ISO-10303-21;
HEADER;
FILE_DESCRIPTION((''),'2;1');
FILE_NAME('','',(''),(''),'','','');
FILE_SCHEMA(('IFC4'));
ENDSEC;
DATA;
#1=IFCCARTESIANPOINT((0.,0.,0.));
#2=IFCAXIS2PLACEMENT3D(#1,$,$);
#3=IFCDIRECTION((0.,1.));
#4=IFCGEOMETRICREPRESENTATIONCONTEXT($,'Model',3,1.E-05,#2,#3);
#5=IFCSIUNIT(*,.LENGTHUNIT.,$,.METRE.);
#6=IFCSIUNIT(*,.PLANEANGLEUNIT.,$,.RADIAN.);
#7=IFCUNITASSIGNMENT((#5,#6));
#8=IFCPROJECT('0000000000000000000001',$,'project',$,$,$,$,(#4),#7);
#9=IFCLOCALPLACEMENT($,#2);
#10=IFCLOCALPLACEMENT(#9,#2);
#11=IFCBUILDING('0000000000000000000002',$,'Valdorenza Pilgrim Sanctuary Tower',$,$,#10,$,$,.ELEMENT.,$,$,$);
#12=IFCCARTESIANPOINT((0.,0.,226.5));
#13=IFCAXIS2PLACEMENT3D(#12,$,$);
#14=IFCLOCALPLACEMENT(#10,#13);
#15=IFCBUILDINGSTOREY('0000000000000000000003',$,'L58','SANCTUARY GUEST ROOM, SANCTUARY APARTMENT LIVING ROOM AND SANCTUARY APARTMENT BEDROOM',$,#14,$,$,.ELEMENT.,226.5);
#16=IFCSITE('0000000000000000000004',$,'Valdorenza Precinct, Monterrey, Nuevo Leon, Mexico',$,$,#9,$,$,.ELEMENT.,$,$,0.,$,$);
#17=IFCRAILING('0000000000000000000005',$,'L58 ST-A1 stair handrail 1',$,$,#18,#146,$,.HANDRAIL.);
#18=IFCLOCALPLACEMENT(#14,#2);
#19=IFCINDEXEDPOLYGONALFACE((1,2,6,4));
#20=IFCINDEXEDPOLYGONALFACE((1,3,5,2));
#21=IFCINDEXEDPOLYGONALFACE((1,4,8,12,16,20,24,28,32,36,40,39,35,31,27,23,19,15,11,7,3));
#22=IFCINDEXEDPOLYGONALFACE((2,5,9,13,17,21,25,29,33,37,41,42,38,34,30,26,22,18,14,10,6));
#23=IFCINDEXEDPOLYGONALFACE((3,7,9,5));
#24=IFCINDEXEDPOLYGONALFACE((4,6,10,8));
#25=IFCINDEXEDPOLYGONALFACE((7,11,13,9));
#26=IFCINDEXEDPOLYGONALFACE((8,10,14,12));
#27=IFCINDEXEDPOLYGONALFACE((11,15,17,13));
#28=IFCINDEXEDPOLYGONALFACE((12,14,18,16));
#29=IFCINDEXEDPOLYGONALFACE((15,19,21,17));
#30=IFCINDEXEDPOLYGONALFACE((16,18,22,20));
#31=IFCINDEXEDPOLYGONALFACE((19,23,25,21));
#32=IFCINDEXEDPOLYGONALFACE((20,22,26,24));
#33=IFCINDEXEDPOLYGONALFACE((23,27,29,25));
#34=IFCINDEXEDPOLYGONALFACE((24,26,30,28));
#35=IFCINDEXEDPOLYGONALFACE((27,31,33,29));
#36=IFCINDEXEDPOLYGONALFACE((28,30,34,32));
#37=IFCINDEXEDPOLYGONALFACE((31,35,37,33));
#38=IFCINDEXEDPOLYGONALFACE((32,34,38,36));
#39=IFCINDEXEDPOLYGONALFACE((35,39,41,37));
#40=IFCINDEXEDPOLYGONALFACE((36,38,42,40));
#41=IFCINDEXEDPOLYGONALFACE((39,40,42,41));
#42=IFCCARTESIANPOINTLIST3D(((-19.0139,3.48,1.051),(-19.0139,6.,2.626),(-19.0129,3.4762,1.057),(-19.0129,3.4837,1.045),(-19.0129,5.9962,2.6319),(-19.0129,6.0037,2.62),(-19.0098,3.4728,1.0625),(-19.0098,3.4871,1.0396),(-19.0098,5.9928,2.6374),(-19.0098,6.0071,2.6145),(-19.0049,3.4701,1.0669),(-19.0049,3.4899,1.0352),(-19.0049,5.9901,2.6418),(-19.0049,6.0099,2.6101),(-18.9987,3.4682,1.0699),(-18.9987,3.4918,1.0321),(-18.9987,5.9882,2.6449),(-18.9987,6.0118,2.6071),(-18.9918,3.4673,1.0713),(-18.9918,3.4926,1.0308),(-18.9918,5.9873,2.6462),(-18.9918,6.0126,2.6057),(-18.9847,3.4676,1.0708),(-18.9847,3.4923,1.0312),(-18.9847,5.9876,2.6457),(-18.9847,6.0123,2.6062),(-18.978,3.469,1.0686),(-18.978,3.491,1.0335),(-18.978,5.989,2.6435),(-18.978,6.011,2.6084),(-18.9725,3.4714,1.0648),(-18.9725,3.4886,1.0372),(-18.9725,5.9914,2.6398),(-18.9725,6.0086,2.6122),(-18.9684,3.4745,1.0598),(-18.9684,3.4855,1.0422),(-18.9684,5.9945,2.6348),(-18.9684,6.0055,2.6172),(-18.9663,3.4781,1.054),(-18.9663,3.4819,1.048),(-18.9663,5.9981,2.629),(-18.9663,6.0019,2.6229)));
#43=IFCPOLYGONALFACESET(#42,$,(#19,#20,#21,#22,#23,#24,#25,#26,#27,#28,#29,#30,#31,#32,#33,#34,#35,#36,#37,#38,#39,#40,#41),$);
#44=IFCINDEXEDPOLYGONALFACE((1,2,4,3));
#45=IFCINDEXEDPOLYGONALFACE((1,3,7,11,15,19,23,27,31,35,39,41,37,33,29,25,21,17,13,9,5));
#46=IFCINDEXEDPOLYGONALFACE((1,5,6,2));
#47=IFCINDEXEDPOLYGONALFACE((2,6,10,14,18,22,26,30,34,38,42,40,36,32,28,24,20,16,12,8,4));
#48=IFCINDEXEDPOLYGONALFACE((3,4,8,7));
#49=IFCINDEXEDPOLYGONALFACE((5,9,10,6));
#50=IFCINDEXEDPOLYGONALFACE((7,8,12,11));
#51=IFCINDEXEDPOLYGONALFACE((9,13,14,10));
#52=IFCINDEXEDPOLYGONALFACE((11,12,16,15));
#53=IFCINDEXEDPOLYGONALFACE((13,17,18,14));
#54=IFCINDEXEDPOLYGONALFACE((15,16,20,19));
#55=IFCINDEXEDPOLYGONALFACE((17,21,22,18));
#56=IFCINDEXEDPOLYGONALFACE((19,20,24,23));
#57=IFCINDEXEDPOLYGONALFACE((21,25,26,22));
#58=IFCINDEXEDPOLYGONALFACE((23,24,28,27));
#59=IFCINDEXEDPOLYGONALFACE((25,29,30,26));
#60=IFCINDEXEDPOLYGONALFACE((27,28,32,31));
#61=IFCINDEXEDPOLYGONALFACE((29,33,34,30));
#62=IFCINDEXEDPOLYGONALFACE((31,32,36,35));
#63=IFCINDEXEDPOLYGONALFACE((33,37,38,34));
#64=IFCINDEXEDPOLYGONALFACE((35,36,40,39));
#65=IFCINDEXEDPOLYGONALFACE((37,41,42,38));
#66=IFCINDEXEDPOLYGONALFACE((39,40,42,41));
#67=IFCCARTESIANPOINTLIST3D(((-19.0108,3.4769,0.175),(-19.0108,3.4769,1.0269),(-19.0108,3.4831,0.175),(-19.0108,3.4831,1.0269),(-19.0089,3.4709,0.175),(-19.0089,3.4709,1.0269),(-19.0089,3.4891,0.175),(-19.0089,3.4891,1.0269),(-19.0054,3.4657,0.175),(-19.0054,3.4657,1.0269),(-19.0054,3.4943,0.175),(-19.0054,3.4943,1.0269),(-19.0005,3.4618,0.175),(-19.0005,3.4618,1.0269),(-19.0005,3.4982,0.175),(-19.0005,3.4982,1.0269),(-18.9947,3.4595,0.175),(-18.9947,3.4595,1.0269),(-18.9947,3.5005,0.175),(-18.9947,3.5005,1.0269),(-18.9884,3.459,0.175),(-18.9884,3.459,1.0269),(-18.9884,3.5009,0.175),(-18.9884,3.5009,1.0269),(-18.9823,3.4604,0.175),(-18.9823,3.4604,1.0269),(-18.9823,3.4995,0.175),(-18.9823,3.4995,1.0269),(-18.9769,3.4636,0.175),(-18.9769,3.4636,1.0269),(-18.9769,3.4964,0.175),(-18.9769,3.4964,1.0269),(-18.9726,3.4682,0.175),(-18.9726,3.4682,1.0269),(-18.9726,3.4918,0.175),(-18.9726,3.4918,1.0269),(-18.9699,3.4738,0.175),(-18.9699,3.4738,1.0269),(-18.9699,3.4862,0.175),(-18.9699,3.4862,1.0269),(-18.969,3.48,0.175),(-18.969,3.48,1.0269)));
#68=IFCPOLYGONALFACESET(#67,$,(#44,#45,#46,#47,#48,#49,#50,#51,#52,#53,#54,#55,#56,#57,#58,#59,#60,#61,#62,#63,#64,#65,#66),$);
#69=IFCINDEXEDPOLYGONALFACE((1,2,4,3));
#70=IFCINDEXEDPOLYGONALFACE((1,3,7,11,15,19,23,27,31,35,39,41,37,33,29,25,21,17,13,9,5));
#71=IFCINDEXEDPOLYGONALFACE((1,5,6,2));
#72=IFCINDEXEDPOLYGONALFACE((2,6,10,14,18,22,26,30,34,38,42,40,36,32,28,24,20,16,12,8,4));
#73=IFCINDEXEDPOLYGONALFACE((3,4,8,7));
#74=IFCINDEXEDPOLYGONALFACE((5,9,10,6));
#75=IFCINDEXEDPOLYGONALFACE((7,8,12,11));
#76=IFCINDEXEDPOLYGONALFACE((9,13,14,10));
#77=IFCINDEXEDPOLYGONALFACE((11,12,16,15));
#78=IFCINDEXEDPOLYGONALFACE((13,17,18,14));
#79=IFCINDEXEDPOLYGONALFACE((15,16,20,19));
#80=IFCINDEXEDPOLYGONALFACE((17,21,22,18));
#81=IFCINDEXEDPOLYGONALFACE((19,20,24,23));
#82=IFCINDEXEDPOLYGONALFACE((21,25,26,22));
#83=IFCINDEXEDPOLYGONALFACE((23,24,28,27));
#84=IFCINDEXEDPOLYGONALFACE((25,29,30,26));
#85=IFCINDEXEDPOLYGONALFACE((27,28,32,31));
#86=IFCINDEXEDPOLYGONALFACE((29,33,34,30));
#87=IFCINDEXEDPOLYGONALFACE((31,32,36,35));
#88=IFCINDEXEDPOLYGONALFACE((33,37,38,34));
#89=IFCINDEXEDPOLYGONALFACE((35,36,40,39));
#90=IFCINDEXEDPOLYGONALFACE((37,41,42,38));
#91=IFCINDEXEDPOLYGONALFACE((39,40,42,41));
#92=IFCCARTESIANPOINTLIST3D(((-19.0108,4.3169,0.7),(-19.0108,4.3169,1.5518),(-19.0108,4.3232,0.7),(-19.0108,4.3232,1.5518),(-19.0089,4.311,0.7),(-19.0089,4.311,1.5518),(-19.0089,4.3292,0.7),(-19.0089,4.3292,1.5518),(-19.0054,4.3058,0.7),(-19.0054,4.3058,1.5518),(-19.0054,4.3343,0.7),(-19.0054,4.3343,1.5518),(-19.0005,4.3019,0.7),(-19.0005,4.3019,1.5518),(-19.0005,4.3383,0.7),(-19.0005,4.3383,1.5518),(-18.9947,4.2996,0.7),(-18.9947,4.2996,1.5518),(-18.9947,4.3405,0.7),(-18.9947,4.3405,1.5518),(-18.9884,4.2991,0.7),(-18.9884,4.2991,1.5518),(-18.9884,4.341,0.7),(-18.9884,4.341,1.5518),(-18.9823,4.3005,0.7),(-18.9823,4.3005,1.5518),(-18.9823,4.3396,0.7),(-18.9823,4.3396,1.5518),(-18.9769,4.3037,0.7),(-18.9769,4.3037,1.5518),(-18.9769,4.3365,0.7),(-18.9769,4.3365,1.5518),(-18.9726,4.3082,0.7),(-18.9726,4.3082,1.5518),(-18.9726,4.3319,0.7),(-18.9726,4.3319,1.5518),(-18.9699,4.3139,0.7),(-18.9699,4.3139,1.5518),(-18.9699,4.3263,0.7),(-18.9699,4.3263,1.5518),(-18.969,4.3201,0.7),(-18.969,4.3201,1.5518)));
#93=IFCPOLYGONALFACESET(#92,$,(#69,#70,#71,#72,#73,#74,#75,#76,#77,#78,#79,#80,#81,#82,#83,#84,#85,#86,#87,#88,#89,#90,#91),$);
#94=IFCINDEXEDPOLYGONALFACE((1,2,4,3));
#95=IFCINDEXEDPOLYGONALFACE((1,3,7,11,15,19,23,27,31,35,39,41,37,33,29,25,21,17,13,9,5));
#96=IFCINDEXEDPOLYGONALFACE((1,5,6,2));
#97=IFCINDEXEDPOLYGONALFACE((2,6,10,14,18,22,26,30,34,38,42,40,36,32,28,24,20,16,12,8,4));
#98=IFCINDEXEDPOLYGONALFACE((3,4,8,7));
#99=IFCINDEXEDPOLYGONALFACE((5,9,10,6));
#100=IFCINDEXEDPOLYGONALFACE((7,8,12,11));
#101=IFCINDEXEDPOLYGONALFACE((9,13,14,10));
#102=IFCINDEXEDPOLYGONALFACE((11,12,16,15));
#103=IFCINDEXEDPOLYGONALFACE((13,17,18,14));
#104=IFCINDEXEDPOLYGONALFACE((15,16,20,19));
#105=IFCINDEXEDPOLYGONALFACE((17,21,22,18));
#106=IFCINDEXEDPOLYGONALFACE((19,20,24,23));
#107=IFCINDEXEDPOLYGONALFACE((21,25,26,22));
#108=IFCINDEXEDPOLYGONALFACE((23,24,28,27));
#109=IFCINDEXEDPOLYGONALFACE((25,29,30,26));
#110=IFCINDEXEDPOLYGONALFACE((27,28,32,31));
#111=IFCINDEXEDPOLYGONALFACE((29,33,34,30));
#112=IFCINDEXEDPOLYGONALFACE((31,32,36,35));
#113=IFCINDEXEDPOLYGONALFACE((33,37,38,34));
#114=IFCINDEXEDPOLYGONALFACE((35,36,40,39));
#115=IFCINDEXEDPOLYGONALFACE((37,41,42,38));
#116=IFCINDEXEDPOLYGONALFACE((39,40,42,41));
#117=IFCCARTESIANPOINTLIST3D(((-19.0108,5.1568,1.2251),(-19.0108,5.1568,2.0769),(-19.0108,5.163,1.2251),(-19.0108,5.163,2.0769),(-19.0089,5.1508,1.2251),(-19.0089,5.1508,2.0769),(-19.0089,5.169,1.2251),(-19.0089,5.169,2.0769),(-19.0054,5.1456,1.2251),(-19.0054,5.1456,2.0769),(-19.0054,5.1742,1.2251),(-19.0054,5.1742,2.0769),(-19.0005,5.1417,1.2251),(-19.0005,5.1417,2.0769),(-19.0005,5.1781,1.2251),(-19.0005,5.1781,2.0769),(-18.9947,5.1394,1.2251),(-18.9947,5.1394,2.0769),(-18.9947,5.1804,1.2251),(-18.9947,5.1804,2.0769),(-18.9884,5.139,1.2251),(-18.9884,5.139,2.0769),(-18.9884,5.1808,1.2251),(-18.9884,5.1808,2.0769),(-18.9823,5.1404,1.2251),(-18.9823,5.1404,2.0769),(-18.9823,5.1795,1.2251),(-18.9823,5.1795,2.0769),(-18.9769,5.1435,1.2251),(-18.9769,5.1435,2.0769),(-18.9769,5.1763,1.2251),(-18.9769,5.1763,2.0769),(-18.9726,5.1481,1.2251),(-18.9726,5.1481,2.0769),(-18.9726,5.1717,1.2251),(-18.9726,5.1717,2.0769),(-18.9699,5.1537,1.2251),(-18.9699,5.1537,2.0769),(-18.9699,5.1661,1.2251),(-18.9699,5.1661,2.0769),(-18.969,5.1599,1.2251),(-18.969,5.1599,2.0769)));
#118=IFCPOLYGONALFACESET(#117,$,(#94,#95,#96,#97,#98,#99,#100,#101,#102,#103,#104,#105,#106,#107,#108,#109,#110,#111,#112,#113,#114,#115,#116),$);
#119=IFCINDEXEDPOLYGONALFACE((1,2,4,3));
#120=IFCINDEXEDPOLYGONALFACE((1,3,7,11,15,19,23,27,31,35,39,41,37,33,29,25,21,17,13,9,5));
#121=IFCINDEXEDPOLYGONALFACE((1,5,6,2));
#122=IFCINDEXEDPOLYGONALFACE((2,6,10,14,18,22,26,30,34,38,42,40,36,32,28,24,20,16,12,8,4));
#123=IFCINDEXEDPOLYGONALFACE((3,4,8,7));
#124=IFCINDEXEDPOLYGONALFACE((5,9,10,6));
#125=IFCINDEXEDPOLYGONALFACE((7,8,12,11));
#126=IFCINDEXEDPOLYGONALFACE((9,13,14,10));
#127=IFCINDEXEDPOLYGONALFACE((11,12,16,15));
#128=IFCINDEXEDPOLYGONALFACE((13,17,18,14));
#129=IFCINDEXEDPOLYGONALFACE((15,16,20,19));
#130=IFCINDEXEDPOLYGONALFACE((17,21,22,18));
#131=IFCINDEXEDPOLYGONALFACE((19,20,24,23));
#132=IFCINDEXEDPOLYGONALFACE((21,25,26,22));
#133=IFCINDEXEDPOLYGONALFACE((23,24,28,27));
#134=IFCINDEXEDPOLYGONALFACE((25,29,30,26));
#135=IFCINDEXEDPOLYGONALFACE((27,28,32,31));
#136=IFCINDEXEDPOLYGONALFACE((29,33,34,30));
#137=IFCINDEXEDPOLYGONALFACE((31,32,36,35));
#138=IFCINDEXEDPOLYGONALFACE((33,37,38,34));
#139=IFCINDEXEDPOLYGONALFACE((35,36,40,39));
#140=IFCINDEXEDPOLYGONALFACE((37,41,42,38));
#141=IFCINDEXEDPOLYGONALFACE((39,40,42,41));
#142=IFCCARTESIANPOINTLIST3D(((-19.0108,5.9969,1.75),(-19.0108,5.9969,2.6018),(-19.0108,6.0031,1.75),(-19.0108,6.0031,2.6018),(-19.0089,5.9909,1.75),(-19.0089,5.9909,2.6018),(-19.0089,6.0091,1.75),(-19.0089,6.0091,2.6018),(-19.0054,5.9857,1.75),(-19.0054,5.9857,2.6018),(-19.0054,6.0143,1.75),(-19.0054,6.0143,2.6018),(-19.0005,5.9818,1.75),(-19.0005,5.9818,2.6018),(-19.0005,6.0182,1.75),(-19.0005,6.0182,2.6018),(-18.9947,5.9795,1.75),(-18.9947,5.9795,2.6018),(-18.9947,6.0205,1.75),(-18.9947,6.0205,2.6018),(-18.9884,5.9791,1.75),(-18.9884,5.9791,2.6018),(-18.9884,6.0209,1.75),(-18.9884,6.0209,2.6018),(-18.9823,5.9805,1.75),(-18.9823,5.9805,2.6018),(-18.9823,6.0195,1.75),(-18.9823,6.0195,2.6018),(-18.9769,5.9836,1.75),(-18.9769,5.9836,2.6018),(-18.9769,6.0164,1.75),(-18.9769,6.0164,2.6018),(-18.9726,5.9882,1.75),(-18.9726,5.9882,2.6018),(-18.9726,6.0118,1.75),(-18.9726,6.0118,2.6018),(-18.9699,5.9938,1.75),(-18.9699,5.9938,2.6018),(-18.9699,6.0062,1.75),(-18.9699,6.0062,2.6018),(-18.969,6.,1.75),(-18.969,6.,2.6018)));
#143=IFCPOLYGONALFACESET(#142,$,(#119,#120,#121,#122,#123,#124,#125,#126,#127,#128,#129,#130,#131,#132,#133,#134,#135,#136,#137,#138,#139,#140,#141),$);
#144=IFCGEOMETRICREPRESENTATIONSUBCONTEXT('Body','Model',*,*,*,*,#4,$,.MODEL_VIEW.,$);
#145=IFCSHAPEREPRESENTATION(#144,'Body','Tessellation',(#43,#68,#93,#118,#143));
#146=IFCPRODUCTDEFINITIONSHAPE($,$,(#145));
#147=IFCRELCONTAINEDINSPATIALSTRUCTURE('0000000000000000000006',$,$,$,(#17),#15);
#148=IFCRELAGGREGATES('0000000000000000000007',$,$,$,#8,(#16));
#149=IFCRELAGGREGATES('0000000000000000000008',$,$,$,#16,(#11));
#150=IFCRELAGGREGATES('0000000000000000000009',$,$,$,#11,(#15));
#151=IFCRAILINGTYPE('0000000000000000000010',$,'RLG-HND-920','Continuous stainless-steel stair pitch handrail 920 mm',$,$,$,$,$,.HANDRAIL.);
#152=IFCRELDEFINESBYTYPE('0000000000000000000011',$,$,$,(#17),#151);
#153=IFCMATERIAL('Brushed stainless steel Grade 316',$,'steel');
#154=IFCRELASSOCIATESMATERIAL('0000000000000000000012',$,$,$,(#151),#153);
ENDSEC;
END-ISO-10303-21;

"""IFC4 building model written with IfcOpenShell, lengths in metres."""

from ifc_helpers import new_model, si_unit, direction, frame, origin, origin_2d, place, context, subcontext, project, spatial, circle, extrude, material, type_object, element, save


model = new_model("IFC4")

# Units and contexts
model_context = context("Model", 3, precision=1e-05, world=origin(), true_north=direction((0.0, 1.0)))
body_context = subcontext(model_context, "Body", "Model", "MODEL_VIEW")
ifc_project = project(units=[si_unit("LENGTHUNIT", "METRE"), si_unit("PLANEANGLEUNIT", "RADIAN")], contexts=[model_context])

# Site, building, storey
site_placement = place(None, origin())
site = spatial("IfcSite", under=ifc_project, at=site_placement, Name="Valdorenza Precinct, Monterrey, Nuevo Leon, Mexico", CompositionType="ELEMENT", RefElevation=0.0)
building_placement = place(site_placement, origin())
building = spatial("IfcBuilding", under=site, at=building_placement, Name="Valdorenza Pilgrim Sanctuary Tower", CompositionType="ELEMENT")
storey_placement = place(building_placement, frame((0.0, 0.0, 226.5)))
storey = spatial("IfcBuildingStorey", under=building, at=storey_placement, Name="L58", Description="SANCTUARY GUEST ROOM, SANCTUARY APARTMENT LIVING ROOM AND SANCTUARY APARTMENT BEDROOM", CompositionType="ELEMENT", Elevation=226.5)

# Shared definitions
ifc_material_1 = material(Name="Brushed stainless steel Grade 316", Category="steel")

# Railing
railing_type_1 = type_object("IfcRailingType", Name="RLG-HND-920", Description="Continuous stainless-steel stair pitch handrail 920 mm", PredefinedType="HANDRAIL", material=ifc_material_1)
railing_1_placement = place(storey_placement, frame((-18.99, 3.48, 0.175)))
element("IfcRailing", 1, at=railing_1_placement, inside=storey, type_object=railing_type_1, Name="L58 ST-A1 stair handrail 1", PredefinedType="HANDRAIL", context=body_context, shape_type="SweptSolid", body=[
    extrude(circle(Radius=0.0239, at=origin_2d()), frame((0.0, 0.0, 0.876), z_axis=(0.0, 0.848008, 0.529984), x_axis=(-1.0, 0.0, 0.0)), (0.0, 0.0, 1.0), 2.9717),
    extrude(circle(Radius=0.021, at=origin_2d()), origin(), (0.0, 0.0, 1.0), 0.8518),
    extrude(circle(Radius=0.021, at=origin_2d()), frame((0.0, 0.8401, 0.5249)), (0.0, 0.0, 1.0), 0.8518),
    extrude(circle(Radius=0.021, at=origin_2d()), frame((0.0, 1.6799, 1.05)), (0.0, 0.0, 1.0), 0.8518),
    extrude(circle(Radius=0.021, at=origin_2d()), frame((0.0, 2.52, 1.575)), (0.0, 0.0, 1.0), 0.8518),
])

save(model, "model.ifc")
